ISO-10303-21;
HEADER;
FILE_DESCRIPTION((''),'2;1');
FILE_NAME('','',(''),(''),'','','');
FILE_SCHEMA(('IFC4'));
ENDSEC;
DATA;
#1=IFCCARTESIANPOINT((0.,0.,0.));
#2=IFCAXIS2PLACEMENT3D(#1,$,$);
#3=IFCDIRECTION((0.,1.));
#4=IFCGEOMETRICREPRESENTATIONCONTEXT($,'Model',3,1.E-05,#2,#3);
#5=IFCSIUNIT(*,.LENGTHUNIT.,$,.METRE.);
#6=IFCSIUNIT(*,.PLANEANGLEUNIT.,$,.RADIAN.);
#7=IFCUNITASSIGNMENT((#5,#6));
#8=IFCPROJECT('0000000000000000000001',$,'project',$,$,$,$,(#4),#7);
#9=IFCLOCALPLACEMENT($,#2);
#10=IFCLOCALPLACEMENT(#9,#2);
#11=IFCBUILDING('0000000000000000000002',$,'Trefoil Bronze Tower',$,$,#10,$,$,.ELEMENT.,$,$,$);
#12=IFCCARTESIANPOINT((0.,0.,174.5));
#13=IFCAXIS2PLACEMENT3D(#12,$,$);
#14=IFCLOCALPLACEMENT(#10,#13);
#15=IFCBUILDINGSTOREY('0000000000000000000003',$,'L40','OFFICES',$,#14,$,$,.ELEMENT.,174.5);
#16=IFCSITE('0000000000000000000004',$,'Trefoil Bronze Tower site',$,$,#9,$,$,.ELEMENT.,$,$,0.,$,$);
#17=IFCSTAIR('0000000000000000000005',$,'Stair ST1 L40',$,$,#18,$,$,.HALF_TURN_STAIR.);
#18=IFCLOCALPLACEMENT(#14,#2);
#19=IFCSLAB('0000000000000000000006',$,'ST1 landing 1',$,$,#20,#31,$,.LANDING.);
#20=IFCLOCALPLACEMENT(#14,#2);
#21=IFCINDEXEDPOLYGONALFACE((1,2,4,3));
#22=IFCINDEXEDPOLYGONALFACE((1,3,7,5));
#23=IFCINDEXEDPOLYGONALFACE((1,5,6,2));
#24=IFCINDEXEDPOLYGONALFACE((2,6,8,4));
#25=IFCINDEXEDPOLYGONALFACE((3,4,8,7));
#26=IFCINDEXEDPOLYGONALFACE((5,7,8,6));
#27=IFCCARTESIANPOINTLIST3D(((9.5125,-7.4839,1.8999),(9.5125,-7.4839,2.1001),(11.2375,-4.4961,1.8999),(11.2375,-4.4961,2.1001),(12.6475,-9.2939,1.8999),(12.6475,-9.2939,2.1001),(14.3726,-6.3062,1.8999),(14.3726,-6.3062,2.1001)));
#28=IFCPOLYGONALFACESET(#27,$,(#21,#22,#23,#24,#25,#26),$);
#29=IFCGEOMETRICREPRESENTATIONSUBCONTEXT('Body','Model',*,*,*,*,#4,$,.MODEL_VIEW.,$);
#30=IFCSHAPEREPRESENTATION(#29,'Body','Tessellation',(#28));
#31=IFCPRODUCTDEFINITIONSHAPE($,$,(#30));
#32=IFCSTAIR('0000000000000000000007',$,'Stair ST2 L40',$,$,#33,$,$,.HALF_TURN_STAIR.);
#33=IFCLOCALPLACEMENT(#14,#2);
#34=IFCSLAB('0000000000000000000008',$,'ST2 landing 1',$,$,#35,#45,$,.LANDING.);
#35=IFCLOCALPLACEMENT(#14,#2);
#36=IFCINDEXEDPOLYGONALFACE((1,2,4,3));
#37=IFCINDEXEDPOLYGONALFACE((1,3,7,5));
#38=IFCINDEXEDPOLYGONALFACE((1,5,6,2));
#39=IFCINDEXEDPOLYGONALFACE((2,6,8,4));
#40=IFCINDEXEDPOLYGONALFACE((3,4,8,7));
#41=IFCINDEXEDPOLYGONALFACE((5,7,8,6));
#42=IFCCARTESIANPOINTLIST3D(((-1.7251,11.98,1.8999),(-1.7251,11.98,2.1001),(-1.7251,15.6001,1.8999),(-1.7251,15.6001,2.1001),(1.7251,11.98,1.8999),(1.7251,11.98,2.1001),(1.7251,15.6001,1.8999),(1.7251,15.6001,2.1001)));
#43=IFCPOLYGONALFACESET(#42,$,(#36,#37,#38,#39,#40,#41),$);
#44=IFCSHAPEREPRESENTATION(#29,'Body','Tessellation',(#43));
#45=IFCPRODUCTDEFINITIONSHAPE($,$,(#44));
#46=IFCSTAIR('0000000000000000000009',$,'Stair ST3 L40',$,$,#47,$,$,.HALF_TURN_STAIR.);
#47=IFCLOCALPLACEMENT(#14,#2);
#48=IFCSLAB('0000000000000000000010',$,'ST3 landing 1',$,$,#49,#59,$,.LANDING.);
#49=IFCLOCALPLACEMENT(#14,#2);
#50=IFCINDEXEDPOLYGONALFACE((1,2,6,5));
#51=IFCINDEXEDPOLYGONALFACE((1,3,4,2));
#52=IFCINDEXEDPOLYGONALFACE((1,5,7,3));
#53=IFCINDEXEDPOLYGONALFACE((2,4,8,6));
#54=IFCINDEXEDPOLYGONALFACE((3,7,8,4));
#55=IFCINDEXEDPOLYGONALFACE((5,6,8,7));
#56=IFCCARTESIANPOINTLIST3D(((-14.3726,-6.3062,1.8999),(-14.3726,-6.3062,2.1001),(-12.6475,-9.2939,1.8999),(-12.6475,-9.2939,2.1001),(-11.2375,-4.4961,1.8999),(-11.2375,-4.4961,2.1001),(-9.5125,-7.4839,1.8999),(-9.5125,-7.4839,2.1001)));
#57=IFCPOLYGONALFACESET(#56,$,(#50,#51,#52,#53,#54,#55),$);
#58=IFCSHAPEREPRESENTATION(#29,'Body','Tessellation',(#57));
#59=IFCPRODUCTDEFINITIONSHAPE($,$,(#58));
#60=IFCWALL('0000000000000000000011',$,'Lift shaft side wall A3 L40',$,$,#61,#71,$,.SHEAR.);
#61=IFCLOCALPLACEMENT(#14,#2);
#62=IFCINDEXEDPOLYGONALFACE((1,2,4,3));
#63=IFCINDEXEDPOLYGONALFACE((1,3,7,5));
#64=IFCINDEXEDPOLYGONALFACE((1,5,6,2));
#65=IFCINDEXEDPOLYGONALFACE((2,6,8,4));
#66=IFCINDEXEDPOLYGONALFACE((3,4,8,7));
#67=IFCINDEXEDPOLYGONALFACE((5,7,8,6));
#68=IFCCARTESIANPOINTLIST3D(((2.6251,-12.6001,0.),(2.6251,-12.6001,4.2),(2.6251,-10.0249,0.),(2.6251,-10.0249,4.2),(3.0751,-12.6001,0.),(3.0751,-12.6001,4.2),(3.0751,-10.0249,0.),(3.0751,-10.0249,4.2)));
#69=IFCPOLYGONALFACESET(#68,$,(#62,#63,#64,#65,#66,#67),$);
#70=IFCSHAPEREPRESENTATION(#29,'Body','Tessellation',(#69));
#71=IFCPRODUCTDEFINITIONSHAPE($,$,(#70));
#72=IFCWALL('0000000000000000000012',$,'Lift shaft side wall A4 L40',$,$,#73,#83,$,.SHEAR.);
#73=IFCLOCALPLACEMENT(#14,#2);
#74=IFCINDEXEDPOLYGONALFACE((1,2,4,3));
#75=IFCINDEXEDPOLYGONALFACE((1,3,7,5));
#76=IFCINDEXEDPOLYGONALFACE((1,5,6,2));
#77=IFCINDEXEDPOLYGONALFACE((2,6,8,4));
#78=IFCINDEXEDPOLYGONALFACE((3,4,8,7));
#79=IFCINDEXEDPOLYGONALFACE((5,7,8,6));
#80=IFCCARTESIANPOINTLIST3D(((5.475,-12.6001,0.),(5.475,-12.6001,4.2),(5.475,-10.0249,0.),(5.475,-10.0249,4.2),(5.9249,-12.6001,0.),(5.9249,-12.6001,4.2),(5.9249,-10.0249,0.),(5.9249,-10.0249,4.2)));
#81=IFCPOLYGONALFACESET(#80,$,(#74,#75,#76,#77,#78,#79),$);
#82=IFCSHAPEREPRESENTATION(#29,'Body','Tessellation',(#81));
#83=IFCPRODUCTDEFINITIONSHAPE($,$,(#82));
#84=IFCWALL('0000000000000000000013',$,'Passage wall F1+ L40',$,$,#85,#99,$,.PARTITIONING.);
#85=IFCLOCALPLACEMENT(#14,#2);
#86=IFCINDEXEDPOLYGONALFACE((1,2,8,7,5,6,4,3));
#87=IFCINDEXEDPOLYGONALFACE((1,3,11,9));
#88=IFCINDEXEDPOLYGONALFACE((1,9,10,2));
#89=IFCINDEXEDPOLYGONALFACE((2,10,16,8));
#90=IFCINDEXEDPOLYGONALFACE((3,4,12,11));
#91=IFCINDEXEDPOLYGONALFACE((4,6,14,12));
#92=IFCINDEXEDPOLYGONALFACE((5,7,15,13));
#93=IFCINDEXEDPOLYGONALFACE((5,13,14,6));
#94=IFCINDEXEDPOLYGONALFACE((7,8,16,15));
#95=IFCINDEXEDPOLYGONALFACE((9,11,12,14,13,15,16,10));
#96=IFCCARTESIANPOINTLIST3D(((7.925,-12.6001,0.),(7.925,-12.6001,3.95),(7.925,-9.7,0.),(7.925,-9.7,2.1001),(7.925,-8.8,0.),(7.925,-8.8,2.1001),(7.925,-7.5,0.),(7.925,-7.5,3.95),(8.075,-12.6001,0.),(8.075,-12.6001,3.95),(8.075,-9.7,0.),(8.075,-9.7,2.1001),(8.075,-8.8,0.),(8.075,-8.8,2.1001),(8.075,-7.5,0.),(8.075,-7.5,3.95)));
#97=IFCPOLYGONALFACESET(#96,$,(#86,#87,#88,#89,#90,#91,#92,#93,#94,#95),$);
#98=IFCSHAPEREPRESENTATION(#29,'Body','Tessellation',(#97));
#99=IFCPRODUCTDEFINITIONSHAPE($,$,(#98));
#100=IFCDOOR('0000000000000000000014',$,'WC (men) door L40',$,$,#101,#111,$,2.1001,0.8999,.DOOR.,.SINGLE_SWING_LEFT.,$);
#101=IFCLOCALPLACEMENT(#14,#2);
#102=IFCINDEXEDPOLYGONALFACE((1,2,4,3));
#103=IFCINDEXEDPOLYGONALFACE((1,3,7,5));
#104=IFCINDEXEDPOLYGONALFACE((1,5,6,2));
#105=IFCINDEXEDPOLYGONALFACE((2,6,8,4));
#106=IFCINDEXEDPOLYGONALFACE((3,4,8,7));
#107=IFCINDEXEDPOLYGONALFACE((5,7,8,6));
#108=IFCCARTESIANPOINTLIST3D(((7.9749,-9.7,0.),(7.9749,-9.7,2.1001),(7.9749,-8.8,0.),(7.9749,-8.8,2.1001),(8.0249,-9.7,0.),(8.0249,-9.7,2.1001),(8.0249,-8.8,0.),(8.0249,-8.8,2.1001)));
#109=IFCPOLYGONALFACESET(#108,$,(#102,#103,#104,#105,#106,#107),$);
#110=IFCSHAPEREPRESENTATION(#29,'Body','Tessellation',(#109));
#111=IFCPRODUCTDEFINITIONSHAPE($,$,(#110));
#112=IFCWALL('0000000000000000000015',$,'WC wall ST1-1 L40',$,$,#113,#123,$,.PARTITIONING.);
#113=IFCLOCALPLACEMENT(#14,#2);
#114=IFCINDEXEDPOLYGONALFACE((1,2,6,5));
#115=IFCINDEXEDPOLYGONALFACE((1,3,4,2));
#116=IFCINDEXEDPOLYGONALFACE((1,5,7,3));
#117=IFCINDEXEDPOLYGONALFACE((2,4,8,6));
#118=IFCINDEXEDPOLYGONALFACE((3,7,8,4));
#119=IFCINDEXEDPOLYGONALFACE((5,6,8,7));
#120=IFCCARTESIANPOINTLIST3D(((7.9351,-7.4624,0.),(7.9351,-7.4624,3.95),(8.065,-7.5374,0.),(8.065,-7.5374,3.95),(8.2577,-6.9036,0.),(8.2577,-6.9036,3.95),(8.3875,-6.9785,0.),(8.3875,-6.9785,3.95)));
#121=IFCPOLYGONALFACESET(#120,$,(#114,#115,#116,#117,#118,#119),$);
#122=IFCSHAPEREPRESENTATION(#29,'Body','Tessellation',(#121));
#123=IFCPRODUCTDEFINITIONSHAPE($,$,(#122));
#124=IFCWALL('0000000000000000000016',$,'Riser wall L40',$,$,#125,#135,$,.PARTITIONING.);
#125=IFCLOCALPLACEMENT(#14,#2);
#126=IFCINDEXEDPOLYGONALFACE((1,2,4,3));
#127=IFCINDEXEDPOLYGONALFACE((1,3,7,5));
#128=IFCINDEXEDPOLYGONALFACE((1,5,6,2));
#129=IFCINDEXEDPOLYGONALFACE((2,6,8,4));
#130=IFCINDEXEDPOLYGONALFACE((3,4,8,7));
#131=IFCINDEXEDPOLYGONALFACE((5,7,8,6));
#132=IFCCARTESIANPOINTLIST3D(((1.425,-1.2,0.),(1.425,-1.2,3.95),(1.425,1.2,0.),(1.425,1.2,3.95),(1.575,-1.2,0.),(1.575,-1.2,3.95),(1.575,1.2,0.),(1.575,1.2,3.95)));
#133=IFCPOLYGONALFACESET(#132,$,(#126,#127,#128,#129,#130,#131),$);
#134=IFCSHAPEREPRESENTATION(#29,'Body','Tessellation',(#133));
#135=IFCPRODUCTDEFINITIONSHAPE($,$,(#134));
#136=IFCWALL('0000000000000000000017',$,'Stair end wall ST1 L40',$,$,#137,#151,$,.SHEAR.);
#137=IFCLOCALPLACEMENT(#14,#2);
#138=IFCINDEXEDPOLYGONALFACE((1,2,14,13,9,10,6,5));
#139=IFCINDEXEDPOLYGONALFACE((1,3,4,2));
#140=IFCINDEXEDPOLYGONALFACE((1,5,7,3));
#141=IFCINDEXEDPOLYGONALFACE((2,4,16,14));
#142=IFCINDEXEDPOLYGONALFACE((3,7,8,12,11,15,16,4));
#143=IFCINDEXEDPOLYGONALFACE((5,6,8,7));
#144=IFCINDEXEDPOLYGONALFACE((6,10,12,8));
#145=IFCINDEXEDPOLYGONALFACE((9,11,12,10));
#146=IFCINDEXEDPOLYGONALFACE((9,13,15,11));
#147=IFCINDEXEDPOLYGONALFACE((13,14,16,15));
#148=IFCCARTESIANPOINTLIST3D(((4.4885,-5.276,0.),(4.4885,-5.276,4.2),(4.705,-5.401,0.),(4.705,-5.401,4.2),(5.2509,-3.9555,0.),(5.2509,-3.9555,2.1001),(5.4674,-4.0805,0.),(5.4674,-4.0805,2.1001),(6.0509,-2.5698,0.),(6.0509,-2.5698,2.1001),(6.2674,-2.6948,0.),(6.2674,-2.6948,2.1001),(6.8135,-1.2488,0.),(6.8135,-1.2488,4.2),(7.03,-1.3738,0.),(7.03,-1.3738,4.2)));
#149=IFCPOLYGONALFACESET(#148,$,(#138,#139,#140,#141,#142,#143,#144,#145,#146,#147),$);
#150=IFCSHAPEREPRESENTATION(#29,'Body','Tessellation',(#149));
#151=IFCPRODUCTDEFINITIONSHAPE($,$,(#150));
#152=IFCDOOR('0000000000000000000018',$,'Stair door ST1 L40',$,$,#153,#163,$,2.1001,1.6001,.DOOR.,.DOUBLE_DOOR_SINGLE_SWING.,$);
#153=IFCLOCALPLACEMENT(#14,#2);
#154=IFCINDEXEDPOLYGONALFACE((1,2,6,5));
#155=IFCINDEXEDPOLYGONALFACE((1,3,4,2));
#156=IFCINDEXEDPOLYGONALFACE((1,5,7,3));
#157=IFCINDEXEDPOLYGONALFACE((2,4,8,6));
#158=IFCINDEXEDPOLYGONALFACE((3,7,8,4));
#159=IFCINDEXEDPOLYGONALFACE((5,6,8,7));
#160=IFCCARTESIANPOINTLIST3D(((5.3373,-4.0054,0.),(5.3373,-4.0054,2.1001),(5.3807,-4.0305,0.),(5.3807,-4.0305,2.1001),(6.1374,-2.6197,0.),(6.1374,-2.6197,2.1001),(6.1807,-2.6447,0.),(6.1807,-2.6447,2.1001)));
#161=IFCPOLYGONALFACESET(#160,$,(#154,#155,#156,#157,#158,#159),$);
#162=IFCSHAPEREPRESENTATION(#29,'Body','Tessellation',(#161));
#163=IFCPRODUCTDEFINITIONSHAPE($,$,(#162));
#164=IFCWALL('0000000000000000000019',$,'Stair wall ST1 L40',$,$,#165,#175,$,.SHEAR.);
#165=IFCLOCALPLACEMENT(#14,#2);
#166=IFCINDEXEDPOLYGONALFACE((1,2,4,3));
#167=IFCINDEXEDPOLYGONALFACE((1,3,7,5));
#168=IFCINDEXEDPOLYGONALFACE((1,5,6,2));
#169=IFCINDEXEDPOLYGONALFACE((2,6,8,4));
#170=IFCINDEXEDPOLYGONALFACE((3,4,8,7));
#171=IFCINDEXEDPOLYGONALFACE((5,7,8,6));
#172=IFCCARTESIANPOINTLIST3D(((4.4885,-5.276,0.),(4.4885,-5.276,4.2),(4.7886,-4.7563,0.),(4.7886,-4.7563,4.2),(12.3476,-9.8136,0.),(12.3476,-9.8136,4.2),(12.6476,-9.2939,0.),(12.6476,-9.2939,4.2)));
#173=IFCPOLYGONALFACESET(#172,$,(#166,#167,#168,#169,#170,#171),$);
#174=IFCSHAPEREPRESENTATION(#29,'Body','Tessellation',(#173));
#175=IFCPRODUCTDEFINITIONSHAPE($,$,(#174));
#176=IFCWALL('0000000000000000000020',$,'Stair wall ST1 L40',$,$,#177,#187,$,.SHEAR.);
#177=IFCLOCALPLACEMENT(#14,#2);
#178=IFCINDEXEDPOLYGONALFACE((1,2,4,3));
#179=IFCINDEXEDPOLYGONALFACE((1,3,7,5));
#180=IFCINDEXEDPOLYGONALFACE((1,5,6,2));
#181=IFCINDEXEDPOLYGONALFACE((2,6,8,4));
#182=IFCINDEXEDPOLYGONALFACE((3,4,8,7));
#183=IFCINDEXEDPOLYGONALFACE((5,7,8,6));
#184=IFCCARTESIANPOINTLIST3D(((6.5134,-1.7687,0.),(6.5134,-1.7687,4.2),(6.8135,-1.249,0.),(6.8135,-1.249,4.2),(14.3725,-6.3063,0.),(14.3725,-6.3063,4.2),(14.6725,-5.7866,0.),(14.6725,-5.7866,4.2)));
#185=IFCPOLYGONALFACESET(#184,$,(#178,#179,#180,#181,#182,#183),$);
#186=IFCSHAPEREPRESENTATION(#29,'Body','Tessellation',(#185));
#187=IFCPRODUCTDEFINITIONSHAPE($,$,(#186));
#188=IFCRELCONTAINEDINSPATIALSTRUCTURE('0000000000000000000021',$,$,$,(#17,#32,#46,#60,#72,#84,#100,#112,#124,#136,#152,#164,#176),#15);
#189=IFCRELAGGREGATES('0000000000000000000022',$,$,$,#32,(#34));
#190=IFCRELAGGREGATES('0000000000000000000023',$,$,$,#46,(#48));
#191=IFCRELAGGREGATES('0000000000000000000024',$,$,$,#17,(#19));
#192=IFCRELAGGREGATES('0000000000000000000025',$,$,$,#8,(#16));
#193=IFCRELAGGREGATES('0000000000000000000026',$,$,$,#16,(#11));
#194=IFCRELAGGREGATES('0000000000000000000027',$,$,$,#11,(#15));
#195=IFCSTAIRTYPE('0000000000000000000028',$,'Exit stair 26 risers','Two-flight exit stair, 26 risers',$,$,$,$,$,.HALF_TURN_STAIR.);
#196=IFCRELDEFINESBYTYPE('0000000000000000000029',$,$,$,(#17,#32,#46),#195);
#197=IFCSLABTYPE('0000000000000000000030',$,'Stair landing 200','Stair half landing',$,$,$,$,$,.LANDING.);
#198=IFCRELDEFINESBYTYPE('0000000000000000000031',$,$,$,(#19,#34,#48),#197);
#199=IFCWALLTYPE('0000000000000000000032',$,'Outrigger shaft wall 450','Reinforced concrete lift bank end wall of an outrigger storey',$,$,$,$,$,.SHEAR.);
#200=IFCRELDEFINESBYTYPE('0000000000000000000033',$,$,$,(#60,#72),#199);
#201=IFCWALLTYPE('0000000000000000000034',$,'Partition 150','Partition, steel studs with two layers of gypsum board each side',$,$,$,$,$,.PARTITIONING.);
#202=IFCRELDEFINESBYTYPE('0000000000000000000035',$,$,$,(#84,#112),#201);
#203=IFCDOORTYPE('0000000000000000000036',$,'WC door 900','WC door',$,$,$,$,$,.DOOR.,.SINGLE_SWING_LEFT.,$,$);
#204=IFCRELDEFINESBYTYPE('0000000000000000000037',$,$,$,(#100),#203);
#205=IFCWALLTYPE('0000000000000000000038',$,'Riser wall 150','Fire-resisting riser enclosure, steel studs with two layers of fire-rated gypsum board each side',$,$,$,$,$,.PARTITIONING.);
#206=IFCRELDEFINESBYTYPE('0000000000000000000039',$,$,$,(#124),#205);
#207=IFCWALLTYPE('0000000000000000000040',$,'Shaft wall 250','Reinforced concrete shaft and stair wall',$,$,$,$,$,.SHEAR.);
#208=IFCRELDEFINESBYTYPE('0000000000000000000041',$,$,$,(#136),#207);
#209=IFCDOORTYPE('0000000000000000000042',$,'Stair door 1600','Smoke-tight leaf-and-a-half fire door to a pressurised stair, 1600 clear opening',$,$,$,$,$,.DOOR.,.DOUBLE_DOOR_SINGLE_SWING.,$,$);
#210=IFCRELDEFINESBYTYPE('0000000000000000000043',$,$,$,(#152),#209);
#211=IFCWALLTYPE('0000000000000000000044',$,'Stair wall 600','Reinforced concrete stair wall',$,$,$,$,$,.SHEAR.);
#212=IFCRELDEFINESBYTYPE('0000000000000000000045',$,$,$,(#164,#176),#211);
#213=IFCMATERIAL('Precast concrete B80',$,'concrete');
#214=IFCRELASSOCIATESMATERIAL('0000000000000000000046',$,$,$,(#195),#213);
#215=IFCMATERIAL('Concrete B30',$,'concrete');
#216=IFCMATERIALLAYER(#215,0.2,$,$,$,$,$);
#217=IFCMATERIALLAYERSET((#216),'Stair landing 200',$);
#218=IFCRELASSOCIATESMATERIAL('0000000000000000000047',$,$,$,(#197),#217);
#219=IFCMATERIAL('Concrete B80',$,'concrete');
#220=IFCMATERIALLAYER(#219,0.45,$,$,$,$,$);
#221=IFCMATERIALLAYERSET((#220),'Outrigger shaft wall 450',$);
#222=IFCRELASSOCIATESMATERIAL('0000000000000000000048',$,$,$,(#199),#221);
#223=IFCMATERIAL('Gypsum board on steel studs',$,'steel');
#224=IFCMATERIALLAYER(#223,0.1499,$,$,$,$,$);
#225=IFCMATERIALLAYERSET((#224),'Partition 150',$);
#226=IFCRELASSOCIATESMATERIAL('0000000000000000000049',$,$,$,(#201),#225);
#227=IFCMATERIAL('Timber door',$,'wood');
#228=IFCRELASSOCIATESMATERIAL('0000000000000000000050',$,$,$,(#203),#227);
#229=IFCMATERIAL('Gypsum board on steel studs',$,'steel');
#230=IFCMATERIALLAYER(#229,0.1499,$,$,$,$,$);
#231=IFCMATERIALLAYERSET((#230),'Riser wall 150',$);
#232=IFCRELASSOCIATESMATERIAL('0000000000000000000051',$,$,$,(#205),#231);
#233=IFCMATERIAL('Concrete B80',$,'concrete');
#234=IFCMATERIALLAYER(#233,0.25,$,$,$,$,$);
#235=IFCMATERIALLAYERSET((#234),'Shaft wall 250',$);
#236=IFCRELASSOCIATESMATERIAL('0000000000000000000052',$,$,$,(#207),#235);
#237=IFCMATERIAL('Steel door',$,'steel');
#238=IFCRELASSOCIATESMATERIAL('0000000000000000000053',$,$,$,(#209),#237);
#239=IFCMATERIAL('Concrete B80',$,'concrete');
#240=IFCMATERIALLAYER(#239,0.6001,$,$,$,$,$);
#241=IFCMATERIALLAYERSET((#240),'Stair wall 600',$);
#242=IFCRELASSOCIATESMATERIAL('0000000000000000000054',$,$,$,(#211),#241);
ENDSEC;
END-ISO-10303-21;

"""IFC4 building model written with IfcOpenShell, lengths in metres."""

from ifc_helpers import new_model, si_unit, direction, frame, frame_2d, origin, place, context, subcontext, project, spatial, polyline, rectangle, outline, extrude, material, layer, layer_set, type_object, element, fill, aggregate, save


model = new_model("IFC4")

# Units and contexts
model_context = context("Model", 3, precision=1e-05, world=origin(), true_north=direction((0.0, 1.0)))
body_context = subcontext(model_context, "Body", "Model", "MODEL_VIEW")
ifc_project = project(units=[si_unit("LENGTHUNIT", "METRE"), si_unit("PLANEANGLEUNIT", "RADIAN")], contexts=[model_context])

# Site, building, storey
site_placement = place(None, origin())
site = spatial("IfcSite", under=ifc_project, at=site_placement, Name="Trefoil Bronze Tower site", CompositionType="ELEMENT", RefElevation=0.0)
building_placement = place(site_placement, origin())
building = spatial("IfcBuilding", under=site, at=building_placement, Name="Trefoil Bronze Tower", CompositionType="ELEMENT")
storey_placement = place(building_placement, frame((0.0, 0.0, 174.5)))
storey = spatial("IfcBuildingStorey", under=building, at=storey_placement, Name="L40", Description="OFFICES", CompositionType="ELEMENT", Elevation=174.5)

# Stairs, slabs
ifc_material_1 = material(Name="Precast concrete B80", Category="concrete")
stair_type = type_object("IfcStairType", Name="Exit stair 26 risers", Description="Two-flight exit stair, 26 risers", PredefinedType="HALF_TURN_STAIR", material=ifc_material_1)
stair_1_placement = place(storey_placement, origin())
stair_1 = element("IfcStair", 1, at=stair_1_placement, inside=storey, type_object=stair_type, Name="Stair ST1 L40", PredefinedType="HALF_TURN_STAIR")
ifc_material_2 = material(Name="Concrete B30", Category="concrete")
ifc_layer_1 = layer(ifc_material_2, 0.2)
ifc_layer_set_1 = layer_set([ifc_layer_1], Name="Stair landing 200")
slab_type = type_object("IfcSlabType", Name="Stair landing 200", Description="Stair half landing", PredefinedType="LANDING", material=ifc_layer_set_1)
slab_1_placement = place(storey_placement, frame((0.0, 0.0, 1.8999)))
slab_1 = element("IfcSlab", 2, at=slab_1_placement, type_object=slab_type, Name="ST1 landing 1", PredefinedType="LANDING", context=body_context, shape_type="SweptSolid", body=[
    extrude(outline(polyline([(9.5125, -7.4839), (12.6475, -9.2939), (14.3726, -6.3062), (11.2375, -4.4961), (9.5125, -7.4839)])), origin(), (0.0, 0.0, 1.0), 0.2002),
])
stair_2_placement = place(storey_placement, origin())
stair_2 = element("IfcStair", 3, at=stair_2_placement, inside=storey, type_object=stair_type, Name="Stair ST2 L40", PredefinedType="HALF_TURN_STAIR")
slab_2_placement = place(storey_placement, frame((0.0, 0.0, 1.8999)))
slab_2 = element("IfcSlab", 4, at=slab_2_placement, type_object=slab_type, Name="ST2 landing 1", PredefinedType="LANDING", context=body_context, shape_type="SweptSolid", body=[
    extrude(outline(polyline([(1.7251, 11.98), (1.7251, 15.6001), (-1.7251, 15.6001), (-1.7251, 11.98), (1.7251, 11.98)])), origin(), (0.0, 0.0, 1.0), 0.2002),
])
aggregate(stair_2, [slab_2])
stair_3_placement = place(storey_placement, origin())
stair_3 = element("IfcStair", 5, at=stair_3_placement, inside=storey, type_object=stair_type, Name="Stair ST3 L40", PredefinedType="HALF_TURN_STAIR")
slab_3_placement = place(storey_placement, frame((0.0, 0.0, 1.8999)))
slab_3 = element("IfcSlab", 6, at=slab_3_placement, type_object=slab_type, Name="ST3 landing 1", PredefinedType="LANDING", context=body_context, shape_type="SweptSolid", body=[
    extrude(outline(polyline([(-11.2375, -4.4961), (-14.3726, -6.3062), (-12.6475, -9.2939), (-9.5125, -7.4839), (-11.2375, -4.4961)])), origin(), (0.0, 0.0, 1.0), 0.2002),
])
aggregate(stair_3, [slab_3])

# Walls
ifc_material_3 = material(Name="Concrete B80", Category="concrete")
ifc_layer_2 = layer(ifc_material_3, 0.45)
ifc_layer_set_2 = layer_set([ifc_layer_2], Name="Outrigger shaft wall 450")
wall_type_1 = type_object("IfcWallType", Name="Outrigger shaft wall 450", Description="Reinforced concrete lift bank end wall of an outrigger storey", PredefinedType="SHEAR", material=ifc_layer_set_2)
for number, where, z_axis, x_axis, name in (
    (7, (2.8501, -10.0249, 0.0), (0.0, 0.0, 1.0), (0.0, -1.0, 0.0), "Lift shaft side wall A3 L40"),
    (8, (5.7, -10.0249, 0.0), (0.0, 0.0, 1.0), (0.0, -1.0, 0.0), "Lift shaft side wall A4 L40"),
):
    element("IfcWall", number, at=place(storey_placement, frame(where, z_axis=z_axis, x_axis=x_axis)), inside=storey, type_object=wall_type_1, Name=name, PredefinedType="SHEAR", context=body_context, shape_type="SweptSolid", body=[
        extrude(rectangle(XDim=2.5752, YDim=0.45, at=frame_2d((1.2876, 0.0))), origin(), (0.0, 0.0, 1.0), 4.2),
    ])

# Wall, opening, door
ifc_material_4 = material(Name="Gypsum board on steel studs", Category="steel")
ifc_layer_3 = layer(ifc_material_4, 0.1499)
ifc_layer_set_3 = layer_set([ifc_layer_3], Name="Partition 150")
wall_type_2 = type_object("IfcWallType", Name="Partition 150", Description="Partition, steel studs with two layers of gypsum board each side", PredefinedType="PARTITIONING", material=ifc_layer_set_3)
wall_1_placement = place(storey_placement, frame((8.0, -7.5, 0.0), z_axis=(0.0, 0.0, 1.0), x_axis=(0.0, -1.0, 0.0)))
wall_1 = element("IfcWall", 9, at=wall_1_placement, inside=storey, type_object=wall_type_2, Name="Passage wall F1+ L40", PredefinedType="PARTITIONING", context=body_context, shape_type="SweptSolid", body=[
    extrude(rectangle(XDim=5.1001, YDim=0.1499, at=frame_2d((2.55, 0.0))), origin(), (0.0, 0.0, 1.0), 3.95),
])
opening_1_placement = place(wall_1_placement, frame((1.3, 0.0, 0.0)))
opening_1 = element("IfcOpeningElement", 10, at=opening_1_placement, cuts=wall_1, PredefinedType="OPENING", context=body_context, shape_type="SweptSolid", body=[
    extrude(rectangle(XDim=0.8999, YDim=2.1001, at=frame_2d((0.45, 1.05))), frame((0.0, 0.085, 0.0), z_axis=(0.0, -1.0, 0.0), x_axis=(1.0, 0.0, 0.0)), (0.0, 0.0, 1.0), 0.1699),
])
ifc_material_5 = material(Name="Timber door", Category="wood")
door_type_1 = type_object("IfcDoorType", Name="WC door 900", Description="WC door", OperationType="SINGLE_SWING_LEFT", PredefinedType="DOOR", material=ifc_material_5)
door_1_placement = place(opening_1_placement, origin())
door_1 = element("IfcDoor", 11, at=door_1_placement, inside=storey, type_object=door_type_1, Name="WC (men) door L40", OperationType="SINGLE_SWING_LEFT", OverallHeight=2.1001, OverallWidth=0.8999, PredefinedType="DOOR", context=body_context, shape_type="SweptSolid", body=[
    extrude(rectangle(XDim=0.8999, YDim=2.1001, at=frame_2d((0.45, 1.05))), frame((0.0, 0.0249, 0.0), z_axis=(0.0, -1.0, 0.0), x_axis=(1.0, 0.0, 0.0)), (0.0, 0.0, 1.0), 0.05),
])
fill(opening_1, door_1)

# Walls
wall_2_placement = place(storey_placement, frame((8.0, -7.5, 0.0), z_axis=(0.0, 0.0, 1.0), x_axis=(0.499843, 0.866116, 0.0)))
element("IfcWall", 12, at=wall_2_placement, inside=storey, type_object=wall_type_2, Name="WC wall ST1-1 L40", PredefinedType="PARTITIONING", context=body_context, shape_type="SweptSolid", body=[
    extrude(rectangle(XDim=0.6453, YDim=0.1499, at=frame_2d((0.3228, 0.0))), origin(), (0.0, 0.0, 1.0), 3.95),
])
ifc_material_6 = material(Name="Gypsum board on steel studs", Category="steel")
ifc_layer_4 = layer(ifc_material_6, 0.1499)
ifc_layer_set_4 = layer_set([ifc_layer_4], Name="Riser wall 150")
wall_type_3 = type_object("IfcWallType", Name="Riser wall 150", Description="Fire-resisting riser enclosure, steel studs with two layers of fire-rated gypsum board each side", PredefinedType="PARTITIONING", material=ifc_layer_set_4)
wall_3_placement = place(storey_placement, frame((1.5, -1.2, 0.0), z_axis=(0.0, 0.0, 1.0), x_axis=(0.0, 1.0, 0.0)))
element("IfcWall", 13, at=wall_3_placement, inside=storey, type_object=wall_type_3, Name="Riser wall L40", PredefinedType="PARTITIONING", context=body_context, shape_type="SweptSolid", body=[
    extrude(rectangle(XDim=2.3999, YDim=0.1499, at=frame_2d((1.2, 0.0))), origin(), (0.0, 0.0, 1.0), 3.95),
])

# Wall, opening, door
ifc_material_7 = material(Name="Concrete B80", Category="concrete")
ifc_layer_5 = layer(ifc_material_7, 0.25)
ifc_layer_set_5 = layer_set([ifc_layer_5], Name="Shaft wall 250")
wall_type_4 = type_object("IfcWallType", Name="Shaft wall 250", Description="Reinforced concrete shaft and stair wall", PredefinedType="SHEAR", material=ifc_layer_set_5)
wall_4_placement = place(storey_placement, frame((4.5967, -5.3386, 0.0), z_axis=(0.0, 0.0, 1.0), x_axis=(0.499985, 0.866034, 0.0)))
wall_4 = element("IfcWall", 14, at=wall_4_placement, inside=storey, type_object=wall_type_4, Name="Stair end wall ST1 L40", PredefinedType="SHEAR", context=body_context, shape_type="SweptSolid", body=[
    extrude(rectangle(XDim=4.6501, YDim=0.25, at=frame_2d((2.3252, 0.0))), origin(), (0.0, 0.0, 1.0), 4.2),
])
opening_2_placement = place(wall_4_placement, frame((1.5249, 0.0, 0.0)))
opening_2 = element("IfcOpeningElement", 15, at=opening_2_placement, cuts=wall_4, PredefinedType="OPENING", context=body_context, shape_type="SweptSolid", body=[
    extrude(rectangle(XDim=1.6001, YDim=2.1001, at=frame_2d((0.8, 1.05))), frame((0.0, 0.135, 0.0), z_axis=(0.0, -1.0, 0.0), x_axis=(1.0, 0.0, 0.0)), (0.0, 0.0, 1.0), 0.27),
])
ifc_material_8 = material(Name="Steel door", Category="steel")
door_type_2 = type_object("IfcDoorType", Name="Stair door 1600", Description="Smoke-tight leaf-and-a-half fire door to a pressurised stair, 1600 clear opening", OperationType="DOUBLE_DOOR_SINGLE_SWING", PredefinedType="DOOR", material=ifc_material_8)
door_2_placement = place(opening_2_placement, frame((1.6001, 0.0, 0.0), z_axis=(0.0, 0.0, 1.0), x_axis=(-1.0, 0.0, 0.0)))
door_2 = element("IfcDoor", 16, at=door_2_placement, inside=storey, type_object=door_type_2, Name="Stair door ST1 L40", OperationType="DOUBLE_DOOR_SINGLE_SWING", OverallHeight=2.1001, OverallWidth=1.6001, PredefinedType="DOOR", context=body_context, shape_type="SweptSolid", body=[
    extrude(rectangle(XDim=1.6001, YDim=2.1001, at=frame_2d((0.8, 1.05))), frame((0.0, 0.0249, 0.0), z_axis=(0.0, -1.0, 0.0), x_axis=(1.0, 0.0, 0.0)), (0.0, 0.0, 1.0), 0.05),
])
fill(opening_2, door_2)

# Walls
ifc_material_9 = material(Name="Concrete B80", Category="concrete")
ifc_layer_6 = layer(ifc_material_9, 0.6001)
ifc_layer_set_6 = layer_set([ifc_layer_6], Name="Stair wall 600")
wall_type_5 = type_object("IfcWallType", Name="Stair wall 600", Description="Reinforced concrete stair wall", PredefinedType="SHEAR", material=ifc_layer_set_6)
for number, where, z_axis, x_axis, name in (
    (17, (4.6384, -5.0161, 0.0), (0.0, 0.0, 1.0), (0.866019, -0.50001, 0.0), "Stair wall ST1 L40"),
    (18, (6.6633, -1.5088, 0.0), (0.0, 0.0, 1.0), (0.866019, -0.50001, 0.0), "Stair wall ST1 L40"),
):
    element("IfcWall", number, at=place(storey_placement, frame(where, z_axis=z_axis, x_axis=x_axis)), inside=storey, type_object=wall_type_5, Name=name, PredefinedType="SHEAR", context=body_context, shape_type="SweptSolid", body=[
        extrude(rectangle(XDim=9.075, YDim=0.6001, at=frame_2d((4.5376, 0.0))), origin(), (0.0, 0.0, 1.0), 4.2),
    ])

aggregate(stair_1, [slab_1])

save(model, "model.ifc")
